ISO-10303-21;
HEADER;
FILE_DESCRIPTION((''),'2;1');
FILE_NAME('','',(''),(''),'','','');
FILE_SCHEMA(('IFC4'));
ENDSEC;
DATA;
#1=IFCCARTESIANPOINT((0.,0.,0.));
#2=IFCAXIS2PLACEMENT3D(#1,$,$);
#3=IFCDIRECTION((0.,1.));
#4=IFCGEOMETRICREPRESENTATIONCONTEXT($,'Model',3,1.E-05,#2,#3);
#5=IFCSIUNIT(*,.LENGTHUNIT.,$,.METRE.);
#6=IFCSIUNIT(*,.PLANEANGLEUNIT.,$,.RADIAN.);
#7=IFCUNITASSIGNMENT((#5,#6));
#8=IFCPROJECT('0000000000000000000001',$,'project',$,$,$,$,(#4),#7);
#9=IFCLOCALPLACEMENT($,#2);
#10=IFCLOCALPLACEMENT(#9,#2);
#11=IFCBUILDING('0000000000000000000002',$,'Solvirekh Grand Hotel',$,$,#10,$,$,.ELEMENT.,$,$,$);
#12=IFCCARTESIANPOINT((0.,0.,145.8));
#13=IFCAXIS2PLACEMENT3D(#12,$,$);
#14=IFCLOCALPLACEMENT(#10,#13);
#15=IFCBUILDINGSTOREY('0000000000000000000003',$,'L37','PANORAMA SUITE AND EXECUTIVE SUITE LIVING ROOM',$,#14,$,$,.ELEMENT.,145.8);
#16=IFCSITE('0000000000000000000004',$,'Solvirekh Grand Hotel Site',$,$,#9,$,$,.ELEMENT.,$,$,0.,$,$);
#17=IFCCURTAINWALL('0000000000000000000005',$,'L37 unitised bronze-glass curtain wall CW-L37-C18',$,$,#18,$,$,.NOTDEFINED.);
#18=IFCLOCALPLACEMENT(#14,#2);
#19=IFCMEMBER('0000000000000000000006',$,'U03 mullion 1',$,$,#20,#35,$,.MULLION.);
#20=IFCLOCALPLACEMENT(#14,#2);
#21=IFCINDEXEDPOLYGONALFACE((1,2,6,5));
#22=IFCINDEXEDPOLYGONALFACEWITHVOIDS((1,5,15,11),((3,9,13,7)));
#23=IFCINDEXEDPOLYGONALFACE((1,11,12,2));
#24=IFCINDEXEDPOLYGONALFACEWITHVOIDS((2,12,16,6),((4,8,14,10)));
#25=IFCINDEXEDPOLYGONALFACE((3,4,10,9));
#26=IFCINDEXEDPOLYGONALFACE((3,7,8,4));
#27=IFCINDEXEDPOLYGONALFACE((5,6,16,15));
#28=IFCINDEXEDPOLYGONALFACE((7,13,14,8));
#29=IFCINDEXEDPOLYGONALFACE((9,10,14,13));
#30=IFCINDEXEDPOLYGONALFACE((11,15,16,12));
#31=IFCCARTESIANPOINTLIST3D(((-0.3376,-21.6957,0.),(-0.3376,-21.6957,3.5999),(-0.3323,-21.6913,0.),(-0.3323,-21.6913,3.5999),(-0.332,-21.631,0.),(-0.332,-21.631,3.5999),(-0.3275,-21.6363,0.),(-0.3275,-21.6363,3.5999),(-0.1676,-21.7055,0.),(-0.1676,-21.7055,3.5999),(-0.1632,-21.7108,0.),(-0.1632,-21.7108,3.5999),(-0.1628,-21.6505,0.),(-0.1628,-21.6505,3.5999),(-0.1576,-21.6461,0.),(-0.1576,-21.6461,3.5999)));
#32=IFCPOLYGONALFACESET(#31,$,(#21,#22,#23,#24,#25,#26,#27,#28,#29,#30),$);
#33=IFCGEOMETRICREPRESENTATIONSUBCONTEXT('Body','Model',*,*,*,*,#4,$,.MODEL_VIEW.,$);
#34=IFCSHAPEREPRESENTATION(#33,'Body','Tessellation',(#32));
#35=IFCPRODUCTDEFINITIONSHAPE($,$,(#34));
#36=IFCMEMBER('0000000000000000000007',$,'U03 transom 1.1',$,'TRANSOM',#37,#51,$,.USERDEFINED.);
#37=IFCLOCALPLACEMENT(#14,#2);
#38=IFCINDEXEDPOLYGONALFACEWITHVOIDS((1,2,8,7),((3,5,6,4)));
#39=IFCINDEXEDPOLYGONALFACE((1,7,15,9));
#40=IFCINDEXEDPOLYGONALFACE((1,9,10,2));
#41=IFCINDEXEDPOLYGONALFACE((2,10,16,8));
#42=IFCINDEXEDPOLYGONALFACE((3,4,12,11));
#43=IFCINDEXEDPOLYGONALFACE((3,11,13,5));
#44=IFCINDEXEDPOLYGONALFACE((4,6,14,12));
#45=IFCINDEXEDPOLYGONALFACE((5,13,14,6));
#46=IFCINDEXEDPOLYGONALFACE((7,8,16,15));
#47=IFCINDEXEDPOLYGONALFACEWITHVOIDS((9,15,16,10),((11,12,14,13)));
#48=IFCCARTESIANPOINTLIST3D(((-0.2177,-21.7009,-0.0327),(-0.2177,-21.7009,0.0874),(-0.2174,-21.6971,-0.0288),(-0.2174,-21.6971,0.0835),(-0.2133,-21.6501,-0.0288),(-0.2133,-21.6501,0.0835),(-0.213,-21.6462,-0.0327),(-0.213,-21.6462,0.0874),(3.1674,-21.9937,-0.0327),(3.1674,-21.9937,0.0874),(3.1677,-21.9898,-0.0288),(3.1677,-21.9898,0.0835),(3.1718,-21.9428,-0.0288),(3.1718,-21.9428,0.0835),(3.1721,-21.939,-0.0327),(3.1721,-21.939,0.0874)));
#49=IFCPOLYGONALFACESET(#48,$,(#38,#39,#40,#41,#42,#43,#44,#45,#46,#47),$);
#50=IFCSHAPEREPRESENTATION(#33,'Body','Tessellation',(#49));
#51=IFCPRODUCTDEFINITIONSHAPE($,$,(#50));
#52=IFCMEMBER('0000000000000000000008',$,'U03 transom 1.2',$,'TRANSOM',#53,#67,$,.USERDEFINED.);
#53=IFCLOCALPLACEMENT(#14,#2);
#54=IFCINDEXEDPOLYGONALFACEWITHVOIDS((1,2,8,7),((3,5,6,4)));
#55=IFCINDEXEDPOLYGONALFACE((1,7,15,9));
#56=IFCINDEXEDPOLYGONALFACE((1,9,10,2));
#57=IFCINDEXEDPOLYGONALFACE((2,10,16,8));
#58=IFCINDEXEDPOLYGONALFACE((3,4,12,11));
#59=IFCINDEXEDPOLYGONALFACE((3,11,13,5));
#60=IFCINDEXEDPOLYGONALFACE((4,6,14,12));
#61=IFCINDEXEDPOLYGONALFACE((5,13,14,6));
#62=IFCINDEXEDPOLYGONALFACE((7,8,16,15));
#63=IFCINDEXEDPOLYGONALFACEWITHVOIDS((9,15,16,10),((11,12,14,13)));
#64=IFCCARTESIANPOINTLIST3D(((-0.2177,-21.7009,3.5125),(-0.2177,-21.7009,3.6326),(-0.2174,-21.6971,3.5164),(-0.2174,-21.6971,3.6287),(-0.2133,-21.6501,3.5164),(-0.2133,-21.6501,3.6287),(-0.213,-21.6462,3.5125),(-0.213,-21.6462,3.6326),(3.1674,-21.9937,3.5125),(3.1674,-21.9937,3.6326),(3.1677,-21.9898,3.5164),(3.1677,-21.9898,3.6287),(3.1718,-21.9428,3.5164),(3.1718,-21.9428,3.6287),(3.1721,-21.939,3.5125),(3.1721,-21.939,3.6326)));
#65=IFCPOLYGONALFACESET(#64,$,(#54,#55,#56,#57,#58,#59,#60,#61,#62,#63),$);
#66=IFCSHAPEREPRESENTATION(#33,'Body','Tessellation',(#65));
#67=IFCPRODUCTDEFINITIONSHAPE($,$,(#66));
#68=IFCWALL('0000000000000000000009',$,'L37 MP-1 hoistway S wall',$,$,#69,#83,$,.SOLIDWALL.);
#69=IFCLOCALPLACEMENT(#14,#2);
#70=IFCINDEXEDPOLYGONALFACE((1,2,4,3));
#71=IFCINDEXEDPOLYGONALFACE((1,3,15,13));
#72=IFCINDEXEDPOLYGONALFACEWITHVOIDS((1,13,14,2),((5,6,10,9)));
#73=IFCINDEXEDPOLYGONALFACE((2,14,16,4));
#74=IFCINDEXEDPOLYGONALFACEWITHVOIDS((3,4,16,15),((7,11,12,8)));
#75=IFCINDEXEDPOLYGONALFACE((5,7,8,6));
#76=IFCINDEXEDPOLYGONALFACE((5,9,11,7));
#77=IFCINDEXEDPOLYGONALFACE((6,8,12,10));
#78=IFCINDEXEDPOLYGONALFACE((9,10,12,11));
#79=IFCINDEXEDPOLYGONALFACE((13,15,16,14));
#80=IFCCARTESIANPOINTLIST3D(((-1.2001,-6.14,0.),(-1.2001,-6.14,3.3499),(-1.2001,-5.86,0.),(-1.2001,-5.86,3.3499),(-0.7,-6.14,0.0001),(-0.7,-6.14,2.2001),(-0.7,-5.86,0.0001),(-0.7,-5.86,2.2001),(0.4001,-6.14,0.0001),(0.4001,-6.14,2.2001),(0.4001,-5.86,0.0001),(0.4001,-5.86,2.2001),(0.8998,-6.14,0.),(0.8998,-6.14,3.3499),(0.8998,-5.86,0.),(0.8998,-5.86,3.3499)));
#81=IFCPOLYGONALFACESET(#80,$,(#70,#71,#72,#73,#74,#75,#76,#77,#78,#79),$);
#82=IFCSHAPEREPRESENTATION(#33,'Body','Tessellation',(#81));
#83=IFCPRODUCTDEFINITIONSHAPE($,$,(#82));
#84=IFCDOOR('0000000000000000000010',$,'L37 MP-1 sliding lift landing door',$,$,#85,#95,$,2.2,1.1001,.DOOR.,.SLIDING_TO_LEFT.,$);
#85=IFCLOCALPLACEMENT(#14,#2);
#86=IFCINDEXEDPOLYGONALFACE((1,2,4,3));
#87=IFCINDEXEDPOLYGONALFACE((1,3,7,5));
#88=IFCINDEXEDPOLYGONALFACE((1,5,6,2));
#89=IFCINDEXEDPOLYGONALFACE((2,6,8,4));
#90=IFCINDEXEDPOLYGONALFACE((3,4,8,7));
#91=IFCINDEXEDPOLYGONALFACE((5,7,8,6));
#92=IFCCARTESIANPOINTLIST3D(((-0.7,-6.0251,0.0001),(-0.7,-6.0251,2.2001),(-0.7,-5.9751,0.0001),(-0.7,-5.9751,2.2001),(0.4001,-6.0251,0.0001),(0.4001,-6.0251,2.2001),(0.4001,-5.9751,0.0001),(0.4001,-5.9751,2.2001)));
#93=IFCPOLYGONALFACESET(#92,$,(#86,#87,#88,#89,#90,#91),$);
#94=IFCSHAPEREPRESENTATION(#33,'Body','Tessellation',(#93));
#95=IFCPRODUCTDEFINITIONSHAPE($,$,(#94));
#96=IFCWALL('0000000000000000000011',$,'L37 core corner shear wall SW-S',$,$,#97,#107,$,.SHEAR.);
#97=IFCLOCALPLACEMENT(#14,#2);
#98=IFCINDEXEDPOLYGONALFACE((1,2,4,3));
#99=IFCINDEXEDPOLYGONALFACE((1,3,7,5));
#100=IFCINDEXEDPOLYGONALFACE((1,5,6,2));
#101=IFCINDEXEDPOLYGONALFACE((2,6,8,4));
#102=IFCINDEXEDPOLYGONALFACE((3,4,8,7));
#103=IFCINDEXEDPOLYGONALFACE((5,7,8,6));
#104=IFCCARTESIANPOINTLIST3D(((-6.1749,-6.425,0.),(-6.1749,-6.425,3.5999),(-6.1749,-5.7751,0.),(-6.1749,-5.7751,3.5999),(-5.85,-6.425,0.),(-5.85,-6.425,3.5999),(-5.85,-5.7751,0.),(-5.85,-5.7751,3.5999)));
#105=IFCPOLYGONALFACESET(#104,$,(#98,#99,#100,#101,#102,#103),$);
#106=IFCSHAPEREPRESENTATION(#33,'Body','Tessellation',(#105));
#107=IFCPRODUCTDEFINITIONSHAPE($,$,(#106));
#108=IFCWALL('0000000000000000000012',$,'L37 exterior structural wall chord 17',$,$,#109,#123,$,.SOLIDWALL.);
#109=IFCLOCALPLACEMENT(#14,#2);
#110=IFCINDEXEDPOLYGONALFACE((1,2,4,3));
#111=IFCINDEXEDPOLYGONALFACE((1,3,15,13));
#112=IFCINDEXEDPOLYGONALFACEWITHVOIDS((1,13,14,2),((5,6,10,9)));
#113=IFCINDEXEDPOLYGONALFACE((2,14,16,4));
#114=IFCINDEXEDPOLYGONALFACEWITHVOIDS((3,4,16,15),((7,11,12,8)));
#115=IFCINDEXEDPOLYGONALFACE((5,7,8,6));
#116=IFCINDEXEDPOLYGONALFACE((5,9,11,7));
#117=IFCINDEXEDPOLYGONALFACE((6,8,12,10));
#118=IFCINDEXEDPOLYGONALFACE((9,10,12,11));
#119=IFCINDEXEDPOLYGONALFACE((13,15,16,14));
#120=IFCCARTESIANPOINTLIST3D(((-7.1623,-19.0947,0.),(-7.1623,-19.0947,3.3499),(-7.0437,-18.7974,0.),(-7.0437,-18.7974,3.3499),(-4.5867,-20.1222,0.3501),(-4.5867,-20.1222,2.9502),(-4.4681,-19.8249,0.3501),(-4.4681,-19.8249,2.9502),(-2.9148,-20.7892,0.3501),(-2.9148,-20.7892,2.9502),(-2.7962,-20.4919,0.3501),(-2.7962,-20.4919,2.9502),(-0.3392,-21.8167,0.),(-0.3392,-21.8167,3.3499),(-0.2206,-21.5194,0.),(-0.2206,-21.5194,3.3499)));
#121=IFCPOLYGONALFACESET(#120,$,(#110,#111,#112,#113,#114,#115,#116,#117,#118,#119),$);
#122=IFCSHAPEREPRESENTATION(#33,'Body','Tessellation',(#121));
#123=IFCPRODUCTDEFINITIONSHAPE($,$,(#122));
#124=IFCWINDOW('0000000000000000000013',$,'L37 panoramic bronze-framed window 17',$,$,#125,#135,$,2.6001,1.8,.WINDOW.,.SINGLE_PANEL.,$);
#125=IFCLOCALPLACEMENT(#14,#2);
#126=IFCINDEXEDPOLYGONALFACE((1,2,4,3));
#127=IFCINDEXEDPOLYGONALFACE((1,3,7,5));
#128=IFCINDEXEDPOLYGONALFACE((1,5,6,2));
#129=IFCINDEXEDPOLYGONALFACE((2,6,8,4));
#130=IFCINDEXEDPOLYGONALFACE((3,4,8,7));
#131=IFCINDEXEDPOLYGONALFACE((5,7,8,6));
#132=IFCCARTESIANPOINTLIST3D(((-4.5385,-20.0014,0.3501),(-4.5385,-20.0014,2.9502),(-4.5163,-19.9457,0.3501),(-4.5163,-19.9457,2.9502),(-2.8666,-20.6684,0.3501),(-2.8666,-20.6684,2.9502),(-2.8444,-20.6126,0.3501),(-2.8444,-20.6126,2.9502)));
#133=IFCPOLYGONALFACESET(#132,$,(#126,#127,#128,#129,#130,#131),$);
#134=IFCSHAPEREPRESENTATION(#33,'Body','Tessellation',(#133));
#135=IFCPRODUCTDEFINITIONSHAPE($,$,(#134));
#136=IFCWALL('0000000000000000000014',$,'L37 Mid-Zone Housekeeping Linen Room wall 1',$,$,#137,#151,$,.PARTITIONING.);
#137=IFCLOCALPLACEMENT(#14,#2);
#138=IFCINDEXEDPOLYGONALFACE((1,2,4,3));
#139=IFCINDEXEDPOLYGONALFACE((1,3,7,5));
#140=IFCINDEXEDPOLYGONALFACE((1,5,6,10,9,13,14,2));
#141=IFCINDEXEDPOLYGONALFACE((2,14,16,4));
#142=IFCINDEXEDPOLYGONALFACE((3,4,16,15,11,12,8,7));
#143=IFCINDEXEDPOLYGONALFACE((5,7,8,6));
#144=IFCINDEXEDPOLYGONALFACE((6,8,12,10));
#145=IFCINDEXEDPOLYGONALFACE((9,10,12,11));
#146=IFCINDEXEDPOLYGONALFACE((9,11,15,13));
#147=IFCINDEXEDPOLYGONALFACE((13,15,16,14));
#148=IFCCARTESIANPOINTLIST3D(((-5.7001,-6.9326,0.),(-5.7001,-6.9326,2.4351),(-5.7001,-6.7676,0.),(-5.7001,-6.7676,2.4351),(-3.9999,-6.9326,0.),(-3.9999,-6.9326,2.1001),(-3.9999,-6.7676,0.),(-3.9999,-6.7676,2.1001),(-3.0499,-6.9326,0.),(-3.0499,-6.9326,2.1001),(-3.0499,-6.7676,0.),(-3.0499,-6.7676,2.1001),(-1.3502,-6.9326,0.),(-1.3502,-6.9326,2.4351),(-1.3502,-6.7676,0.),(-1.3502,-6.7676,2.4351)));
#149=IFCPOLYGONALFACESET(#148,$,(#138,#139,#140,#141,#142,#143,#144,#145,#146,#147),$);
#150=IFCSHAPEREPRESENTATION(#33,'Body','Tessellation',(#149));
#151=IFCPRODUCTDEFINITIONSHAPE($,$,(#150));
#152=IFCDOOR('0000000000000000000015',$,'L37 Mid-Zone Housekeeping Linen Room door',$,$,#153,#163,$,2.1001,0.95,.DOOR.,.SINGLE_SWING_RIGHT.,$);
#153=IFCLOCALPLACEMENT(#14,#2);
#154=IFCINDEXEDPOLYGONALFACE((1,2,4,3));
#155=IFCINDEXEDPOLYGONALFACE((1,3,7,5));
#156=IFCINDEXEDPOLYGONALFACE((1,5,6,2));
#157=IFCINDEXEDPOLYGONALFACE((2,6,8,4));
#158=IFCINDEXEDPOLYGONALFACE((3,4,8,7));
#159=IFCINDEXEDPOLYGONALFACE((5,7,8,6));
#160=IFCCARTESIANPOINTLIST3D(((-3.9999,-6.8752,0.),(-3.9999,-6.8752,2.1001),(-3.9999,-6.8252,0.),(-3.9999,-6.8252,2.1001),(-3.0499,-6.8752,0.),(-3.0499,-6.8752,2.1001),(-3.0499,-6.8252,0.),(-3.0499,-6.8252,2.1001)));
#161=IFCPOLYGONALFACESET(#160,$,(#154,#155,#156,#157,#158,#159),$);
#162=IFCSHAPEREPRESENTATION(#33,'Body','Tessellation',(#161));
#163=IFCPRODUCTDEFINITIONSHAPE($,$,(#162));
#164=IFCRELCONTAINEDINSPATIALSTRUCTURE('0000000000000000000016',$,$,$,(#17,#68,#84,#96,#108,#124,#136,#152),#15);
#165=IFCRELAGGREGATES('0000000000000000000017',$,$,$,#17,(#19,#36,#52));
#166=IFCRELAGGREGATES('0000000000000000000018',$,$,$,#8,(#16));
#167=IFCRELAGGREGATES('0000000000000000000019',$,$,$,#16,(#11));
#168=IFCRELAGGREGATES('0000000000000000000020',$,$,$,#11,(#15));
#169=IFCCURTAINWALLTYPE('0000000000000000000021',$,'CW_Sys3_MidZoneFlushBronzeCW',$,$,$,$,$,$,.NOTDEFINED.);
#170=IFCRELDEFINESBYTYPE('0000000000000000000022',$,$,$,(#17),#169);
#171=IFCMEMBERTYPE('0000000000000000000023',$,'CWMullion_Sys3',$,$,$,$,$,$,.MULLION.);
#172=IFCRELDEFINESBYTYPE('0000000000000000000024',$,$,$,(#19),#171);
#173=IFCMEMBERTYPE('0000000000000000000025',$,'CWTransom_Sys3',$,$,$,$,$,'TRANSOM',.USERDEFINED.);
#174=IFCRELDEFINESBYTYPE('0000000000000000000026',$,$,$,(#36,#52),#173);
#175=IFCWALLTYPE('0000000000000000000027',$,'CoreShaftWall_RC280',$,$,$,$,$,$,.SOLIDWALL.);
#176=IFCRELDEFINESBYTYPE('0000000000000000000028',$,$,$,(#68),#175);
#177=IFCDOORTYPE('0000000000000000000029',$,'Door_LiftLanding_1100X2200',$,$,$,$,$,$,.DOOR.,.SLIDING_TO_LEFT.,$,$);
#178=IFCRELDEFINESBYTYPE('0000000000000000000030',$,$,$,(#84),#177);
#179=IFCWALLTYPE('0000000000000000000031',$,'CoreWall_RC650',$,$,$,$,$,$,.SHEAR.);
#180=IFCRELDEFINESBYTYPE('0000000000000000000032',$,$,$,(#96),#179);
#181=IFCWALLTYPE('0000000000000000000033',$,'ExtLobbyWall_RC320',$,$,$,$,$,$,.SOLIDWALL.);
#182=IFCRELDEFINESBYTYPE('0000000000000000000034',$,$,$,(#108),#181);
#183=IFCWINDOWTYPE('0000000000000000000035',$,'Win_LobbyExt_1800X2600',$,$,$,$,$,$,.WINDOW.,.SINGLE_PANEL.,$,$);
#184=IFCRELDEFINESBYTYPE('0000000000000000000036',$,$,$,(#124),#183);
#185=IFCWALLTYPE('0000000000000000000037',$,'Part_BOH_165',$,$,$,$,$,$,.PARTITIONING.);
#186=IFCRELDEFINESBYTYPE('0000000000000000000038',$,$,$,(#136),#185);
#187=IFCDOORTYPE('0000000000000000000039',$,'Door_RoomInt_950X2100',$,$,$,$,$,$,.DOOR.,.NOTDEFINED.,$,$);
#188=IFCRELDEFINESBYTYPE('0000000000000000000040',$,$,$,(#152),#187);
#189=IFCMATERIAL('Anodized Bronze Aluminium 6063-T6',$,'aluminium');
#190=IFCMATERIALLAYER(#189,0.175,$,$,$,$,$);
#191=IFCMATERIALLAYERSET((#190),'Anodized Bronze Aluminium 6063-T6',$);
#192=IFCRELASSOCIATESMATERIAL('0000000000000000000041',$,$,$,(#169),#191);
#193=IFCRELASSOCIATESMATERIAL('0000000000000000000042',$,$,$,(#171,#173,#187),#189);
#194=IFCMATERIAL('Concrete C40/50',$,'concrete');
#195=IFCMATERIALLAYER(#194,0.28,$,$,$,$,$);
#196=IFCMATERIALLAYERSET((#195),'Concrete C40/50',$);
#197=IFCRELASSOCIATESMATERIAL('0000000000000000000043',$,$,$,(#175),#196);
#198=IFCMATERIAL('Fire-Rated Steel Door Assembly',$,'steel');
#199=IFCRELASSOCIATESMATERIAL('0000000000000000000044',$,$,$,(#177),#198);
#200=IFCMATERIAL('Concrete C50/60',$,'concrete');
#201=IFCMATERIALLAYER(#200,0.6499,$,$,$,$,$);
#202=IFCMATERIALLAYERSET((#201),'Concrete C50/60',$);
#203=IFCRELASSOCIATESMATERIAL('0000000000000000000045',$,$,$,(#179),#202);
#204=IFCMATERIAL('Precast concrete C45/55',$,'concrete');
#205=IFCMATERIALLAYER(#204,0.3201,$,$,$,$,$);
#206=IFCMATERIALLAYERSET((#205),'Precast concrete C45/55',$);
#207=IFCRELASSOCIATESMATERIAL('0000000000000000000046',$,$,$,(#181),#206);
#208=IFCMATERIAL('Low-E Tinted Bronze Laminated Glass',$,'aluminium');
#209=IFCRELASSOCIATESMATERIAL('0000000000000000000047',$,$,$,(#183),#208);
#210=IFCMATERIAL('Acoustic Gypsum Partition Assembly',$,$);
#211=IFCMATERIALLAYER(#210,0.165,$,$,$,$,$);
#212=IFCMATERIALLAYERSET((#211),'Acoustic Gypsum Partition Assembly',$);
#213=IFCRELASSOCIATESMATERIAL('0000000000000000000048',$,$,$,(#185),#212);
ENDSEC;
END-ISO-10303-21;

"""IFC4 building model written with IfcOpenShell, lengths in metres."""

from ifc_helpers import new_model, si_unit, direction, frame, frame_2d, origin, origin_2d, place, context, subcontext, project, spatial, rectangle, hollow_rectangle, extrude, source, transform, mapped, material, layer, layer_set, material_profile, profile_set, type_object, element, fill, aggregate, save


model = new_model("IFC4")

# Units and contexts
model_context = context("Model", 3, precision=1e-05, world=origin(), true_north=direction((0.0, 1.0)))
body_context = subcontext(model_context, "Body", "Model", "MODEL_VIEW")
ifc_project = project(units=[si_unit("LENGTHUNIT", "METRE"), si_unit("PLANEANGLEUNIT", "RADIAN")], contexts=[model_context])

# Site, building, storey
site_placement = place(None, origin())
site = spatial("IfcSite", under=ifc_project, at=site_placement, Name="Solvirekh Grand Hotel Site", CompositionType="ELEMENT", RefElevation=0.0)
building_placement = place(site_placement, origin())
building = spatial("IfcBuilding", under=site, at=building_placement, Name="Solvirekh Grand Hotel", CompositionType="ELEMENT")
storey_placement = place(building_placement, frame((0.0, 0.0, 145.8)))
storey = spatial("IfcBuildingStorey", under=building, at=storey_placement, Name="L37", Description="PANORAMA SUITE AND EXECUTIVE SUITE LIVING ROOM", CompositionType="ELEMENT", Elevation=145.8)

# Shared definitions
ifc_material_1 = material(Name="Concrete C50/60", Category="concrete")

# Curtain wall, members
ifc_material_2 = material(Name="Anodized Bronze Aluminium 6063-T6", Category="aluminium")
ifc_layer_1 = layer(ifc_material_2, 0.175)
ifc_layer_set_1 = layer_set([ifc_layer_1], Name="Anodized Bronze Aluminium 6063-T6")
curtain_wall_type = type_object("IfcCurtainWallType", Name="CW_Sys3_MidZoneFlushBronzeCW", PredefinedType="NOTDEFINED", material=ifc_layer_set_1)
curtain_wall_placement = place(storey_placement, origin())
curtain_wall = element("IfcCurtainWall", 1, at=curtain_wall_placement, inside=storey, type_object=curtain_wall_type, Name="L37 unitised bronze-glass curtain wall CW-L37-C18", PredefinedType="NOTDEFINED")
ifc_material_profile_1 = material_profile(ifc_material_2, hollow_rectangle(XDim=0.0649, YDim=0.175, WallThickness=0.0049, at=origin_2d()), Name="ALU RHS 175X65X5")
ifc_profile_set_1 = profile_set([ifc_material_profile_1], Name="Anodized Bronze Aluminium 6063-T6")
member_type_1 = type_object("IfcMemberType", Name="CWMullion_Sys3", PredefinedType="MULLION", material=ifc_profile_set_1)
shared_shape_1 = source(origin(), body_context, "Body", "SweptSolid", [
    extrude(hollow_rectangle(XDim=0.0649, YDim=0.175, WallThickness=0.0049, at=origin_2d()), origin(), (0.0, 0.0, 1.0), 3.5999),
])
member_1_placement = place(storey_placement, frame((-0.2476, -21.6709, 0.0), z_axis=(0.0, 0.0, 1.0), x_axis=(0.086123, 0.996284, 0.0)))
member_1 = element("IfcMember", 2, at=member_1_placement, type_object=member_type_1, Name="U03 mullion 1", PredefinedType="MULLION", context=body_context, shape_type="MappedRepresentation", body=[
    mapped(shared_shape_1, transform((0.0, 0.0, 0.0), x_axis=(1.0, 0.0, 0.0), y_axis=(0.0, 1.0, 0.0), z_axis=(0.0, 0.0, 1.0), scale=1.0)),
])
ifc_material_profile_2 = material_profile(ifc_material_2, hollow_rectangle(XDim=0.0549, YDim=0.1201, WallThickness=0.0039, at=origin_2d()), Name="ALU RHS 120X55X4")
ifc_profile_set_2 = profile_set([ifc_material_profile_2], Name="Anodized Bronze Aluminium 6063-T6")
member_type_2 = type_object("IfcMemberType", Name="CWTransom_Sys3", ElementType="TRANSOM", PredefinedType="USERDEFINED", material=ifc_profile_set_2)
shared_shape_2 = source(origin(), body_context, "Body", "SweptSolid", [
    extrude(hollow_rectangle(XDim=0.0549, YDim=0.1201, WallThickness=0.0039, at=origin_2d()), origin(), (0.0, 0.0, 1.0), 3.3977),
])
member_2_placement = place(storey_placement, frame((-0.2153, -21.6736, 0.0273), z_axis=(0.996282, -0.086155, 0.0), x_axis=(0.086155, 0.996282, 0.0)))
member_2 = element("IfcMember", 3, at=member_2_placement, type_object=member_type_2, Name="U03 transom 1.1", ObjectType="TRANSOM", PredefinedType="USERDEFINED", context=body_context, shape_type="MappedRepresentation", body=[
    mapped(shared_shape_2, transform((0.0, 0.0, 0.0), x_axis=(1.0, 0.0, 0.0), y_axis=(0.0, 1.0, 0.0), z_axis=(0.0, 0.0, 1.0), scale=1.0)),
])
member_3_placement = place(storey_placement, frame((-0.2153, -21.6736, 3.5725), z_axis=(0.996282, -0.086155, 0.0), x_axis=(0.086155, 0.996282, 0.0)))
member_3 = element("IfcMember", 4, at=member_3_placement, type_object=member_type_2, Name="U03 transom 1.2", ObjectType="TRANSOM", PredefinedType="USERDEFINED", context=body_context, shape_type="MappedRepresentation", body=[
    mapped(shared_shape_2, transform((0.0, 0.0, 0.0), x_axis=(1.0, 0.0, 0.0), y_axis=(0.0, 1.0, 0.0), z_axis=(0.0, 0.0, 1.0), scale=1.0)),
])
aggregate(curtain_wall, [member_1, member_2, member_3])

# Wall, opening, door
ifc_material_3 = material(Name="Concrete C40/50", Category="concrete")
ifc_layer_2 = layer(ifc_material_3, 0.28)
ifc_layer_set_2 = layer_set([ifc_layer_2], Name="Concrete C40/50")
wall_type_1 = type_object("IfcWallType", Name="CoreShaftWall_RC280", PredefinedType="SOLIDWALL", material=ifc_layer_set_2)
wall_1_placement = place(storey_placement, frame((-1.2, -6.0, 0.0), z_axis=(0.0, 0.0, 1.0), x_axis=(1.0, 0.0, 0.0)))
wall_1 = element("IfcWall", 5, at=wall_1_placement, inside=storey, type_object=wall_type_1, Name="L37 MP-1 hoistway S wall", PredefinedType="SOLIDWALL", context=body_context, shape_type="SweptSolid", body=[
    extrude(rectangle(XDim=2.0999, YDim=0.28, at=frame_2d((1.0498, 0.0))), origin(), (0.0, 0.0, 1.0), 3.3499),
])
opening_1_placement = place(wall_1_placement, frame((0.5, 0.0, 0.0)))
opening_1 = element("IfcOpeningElement", 6, at=opening_1_placement, cuts=wall_1, PredefinedType="OPENING", context=body_context, shape_type="SweptSolid", body=[
    extrude(rectangle(XDim=1.1001, YDim=2.2, at=frame_2d((0.55, 1.1001))), frame((0.0, 0.1499, 0.0), z_axis=(0.0, -1.0, 0.0), x_axis=(1.0, 0.0, 0.0)), (0.0, 0.0, 1.0), 0.3),
])
ifc_material_4 = material(Name="Fire-Rated Steel Door Assembly", Category="steel")
door_type_1 = type_object("IfcDoorType", Name="Door_LiftLanding_1100X2200", OperationType="SLIDING_TO_LEFT", PredefinedType="DOOR", material=ifc_material_4)
door_1_placement = place(opening_1_placement, origin())
door_1 = element("IfcDoor", 7, at=door_1_placement, inside=storey, type_object=door_type_1, Name="L37 MP-1 sliding lift landing door", OperationType="SLIDING_TO_LEFT", OverallHeight=2.2, OverallWidth=1.1001, PredefinedType="DOOR", context=body_context, shape_type="SweptSolid", body=[
    extrude(rectangle(XDim=1.1001, YDim=2.2, at=frame_2d((0.55, 1.1001))), frame((0.0, 0.0249, 0.0), z_axis=(0.0, -1.0, 0.0), x_axis=(1.0, 0.0, 0.0)), (0.0, 0.0, 1.0), 0.05),
])
fill(opening_1, door_1)

# Wall
ifc_layer_3 = layer(ifc_material_1, 0.6499)
ifc_layer_set_3 = layer_set([ifc_layer_3], Name="Concrete C50/60")
wall_type_2 = type_object("IfcWallType", Name="CoreWall_RC650", PredefinedType="SHEAR", material=ifc_layer_set_3)
wall_2_placement = place(storey_placement, frame((-6.175, -6.1001, 0.0), z_axis=(0.0, 0.0, 1.0), x_axis=(1.0, 0.0, 0.0)))
element("IfcWall", 8, at=wall_2_placement, inside=storey, type_object=wall_type_2, Name="L37 core corner shear wall SW-S", PredefinedType="SHEAR", context=body_context, shape_type="SweptSolid", body=[
    extrude(rectangle(XDim=0.325, YDim=0.6499, at=frame_2d((0.1626, 0.0))), origin(), (0.0, 0.0, 1.0), 3.5999),
])

# Wall, opening, window
ifc_material_5 = material(Name="Precast concrete C45/55", Category="concrete")
ifc_layer_4 = layer(ifc_material_5, 0.3201)
ifc_layer_set_4 = layer_set([ifc_layer_4], Name="Precast concrete C45/55")
wall_type_3 = type_object("IfcWallType", Name="ExtLobbyWall_RC320", PredefinedType="SOLIDWALL", material=ifc_layer_set_4)
wall_3_placement = place(storey_placement, frame((-0.28, -21.668, 0.0), z_axis=(0.0, 0.0, 1.0), x_axis=(-0.928818, 0.370537, 0.0)))
wall_3 = element("IfcWall", 9, at=wall_3_placement, inside=storey, type_object=wall_type_3, Name="L37 exterior structural wall chord 17", PredefinedType="SOLIDWALL", context=body_context, shape_type="SweptSolid", body=[
    extrude(rectangle(XDim=7.3459, YDim=0.3201, at=frame_2d((3.6729, 0.0))), origin(), (0.0, 0.0, 1.0), 3.3499),
])
opening_2_placement = place(wall_3_placement, frame((2.7729, 0.0, 0.3501)))
opening_2 = element("IfcOpeningElement", 10, at=opening_2_placement, cuts=wall_3, PredefinedType="OPENING", context=body_context, shape_type="SweptSolid", body=[
    extrude(rectangle(XDim=1.8, YDim=2.6001, at=frame_2d((0.8999, 1.3))), frame((0.0, 0.1699, 0.0), z_axis=(0.0, -1.0, 0.0), x_axis=(1.0, 0.0, 0.0)), (0.0, 0.0, 1.0), 0.3401),
])
ifc_material_6 = material(Name="Low-E Tinted Bronze Laminated Glass", Category="aluminium")
window_type = type_object("IfcWindowType", Name="Win_LobbyExt_1800X2600", PartitioningType="SINGLE_PANEL", PredefinedType="WINDOW", material=ifc_material_6)
window_placement = place(opening_2_placement, origin())
window = element("IfcWindow", 11, at=window_placement, inside=storey, type_object=window_type, Name="L37 panoramic bronze-framed window 17", OverallHeight=2.6001, OverallWidth=1.8, PartitioningType="SINGLE_PANEL", PredefinedType="WINDOW", context=body_context, shape_type="SweptSolid", body=[
    extrude(rectangle(XDim=1.8, YDim=2.6001, at=frame_2d((0.8999, 1.3))), frame((0.0, 0.03, 0.0), z_axis=(0.0, -1.0, 0.0), x_axis=(1.0, 0.0, 0.0)), (0.0, 0.0, 1.0), 0.0601),
])
fill(opening_2, window)

# Wall, opening, door
ifc_material_7 = material(Name="Acoustic Gypsum Partition Assembly")
ifc_layer_5 = layer(ifc_material_7, 0.165)
ifc_layer_set_5 = layer_set([ifc_layer_5], Name="Acoustic Gypsum Partition Assembly")
wall_type_4 = type_object("IfcWallType", Name="Part_BOH_165", PredefinedType="PARTITIONING", material=ifc_layer_set_5)
wall_4_placement = place(storey_placement, frame((-5.7, -6.8501, 0.0), z_axis=(0.0, 0.0, 1.0), x_axis=(1.0, 0.0, 0.0)))
wall_4 = element("IfcWall", 12, at=wall_4_placement, inside=storey, type_object=wall_type_4, Name="L37 Mid-Zone Housekeeping Linen Room wall 1", PredefinedType="PARTITIONING", context=body_context, shape_type="SweptSolid", body=[
    extrude(rectangle(XDim=4.3499, YDim=0.165, at=frame_2d((2.1748, 0.0))), origin(), (0.0, 0.0, 1.0), 2.4351),
])
opening_3_placement = place(wall_4_placement, frame((1.7, 0.0, 0.0)))
opening_3 = element("IfcOpeningElement", 13, at=opening_3_placement, cuts=wall_4, PredefinedType="OPENING", context=body_context, shape_type="SweptSolid", body=[
    extrude(rectangle(XDim=0.95, YDim=2.1001, at=frame_2d((0.4751, 1.05))), frame((0.0, 0.0925, 0.0), z_axis=(0.0, -1.0, 0.0), x_axis=(1.0, 0.0, 0.0)), (0.0, 0.0, 1.0), 0.1851),
])
door_type_2 = type_object("IfcDoorType", Name="Door_RoomInt_950X2100", OperationType="NOTDEFINED", PredefinedType="DOOR", material=ifc_material_2)
door_2_placement = place(opening_3_placement, origin())
door_2 = element("IfcDoor", 14, at=door_2_placement, inside=storey, type_object=door_type_2, Name="L37 Mid-Zone Housekeeping Linen Room door", OperationType="SINGLE_SWING_RIGHT", OverallHeight=2.1001, OverallWidth=0.95, PredefinedType="DOOR", context=body_context, shape_type="SweptSolid", body=[
    extrude(rectangle(XDim=0.95, YDim=2.1001, at=frame_2d((0.4751, 1.05))), frame((0.0, 0.0249, 0.0), z_axis=(0.0, -1.0, 0.0), x_axis=(1.0, 0.0, 0.0)), (0.0, 0.0, 1.0), 0.05),
])
fill(opening_3, door_2)

save(model, "model.ifc")
